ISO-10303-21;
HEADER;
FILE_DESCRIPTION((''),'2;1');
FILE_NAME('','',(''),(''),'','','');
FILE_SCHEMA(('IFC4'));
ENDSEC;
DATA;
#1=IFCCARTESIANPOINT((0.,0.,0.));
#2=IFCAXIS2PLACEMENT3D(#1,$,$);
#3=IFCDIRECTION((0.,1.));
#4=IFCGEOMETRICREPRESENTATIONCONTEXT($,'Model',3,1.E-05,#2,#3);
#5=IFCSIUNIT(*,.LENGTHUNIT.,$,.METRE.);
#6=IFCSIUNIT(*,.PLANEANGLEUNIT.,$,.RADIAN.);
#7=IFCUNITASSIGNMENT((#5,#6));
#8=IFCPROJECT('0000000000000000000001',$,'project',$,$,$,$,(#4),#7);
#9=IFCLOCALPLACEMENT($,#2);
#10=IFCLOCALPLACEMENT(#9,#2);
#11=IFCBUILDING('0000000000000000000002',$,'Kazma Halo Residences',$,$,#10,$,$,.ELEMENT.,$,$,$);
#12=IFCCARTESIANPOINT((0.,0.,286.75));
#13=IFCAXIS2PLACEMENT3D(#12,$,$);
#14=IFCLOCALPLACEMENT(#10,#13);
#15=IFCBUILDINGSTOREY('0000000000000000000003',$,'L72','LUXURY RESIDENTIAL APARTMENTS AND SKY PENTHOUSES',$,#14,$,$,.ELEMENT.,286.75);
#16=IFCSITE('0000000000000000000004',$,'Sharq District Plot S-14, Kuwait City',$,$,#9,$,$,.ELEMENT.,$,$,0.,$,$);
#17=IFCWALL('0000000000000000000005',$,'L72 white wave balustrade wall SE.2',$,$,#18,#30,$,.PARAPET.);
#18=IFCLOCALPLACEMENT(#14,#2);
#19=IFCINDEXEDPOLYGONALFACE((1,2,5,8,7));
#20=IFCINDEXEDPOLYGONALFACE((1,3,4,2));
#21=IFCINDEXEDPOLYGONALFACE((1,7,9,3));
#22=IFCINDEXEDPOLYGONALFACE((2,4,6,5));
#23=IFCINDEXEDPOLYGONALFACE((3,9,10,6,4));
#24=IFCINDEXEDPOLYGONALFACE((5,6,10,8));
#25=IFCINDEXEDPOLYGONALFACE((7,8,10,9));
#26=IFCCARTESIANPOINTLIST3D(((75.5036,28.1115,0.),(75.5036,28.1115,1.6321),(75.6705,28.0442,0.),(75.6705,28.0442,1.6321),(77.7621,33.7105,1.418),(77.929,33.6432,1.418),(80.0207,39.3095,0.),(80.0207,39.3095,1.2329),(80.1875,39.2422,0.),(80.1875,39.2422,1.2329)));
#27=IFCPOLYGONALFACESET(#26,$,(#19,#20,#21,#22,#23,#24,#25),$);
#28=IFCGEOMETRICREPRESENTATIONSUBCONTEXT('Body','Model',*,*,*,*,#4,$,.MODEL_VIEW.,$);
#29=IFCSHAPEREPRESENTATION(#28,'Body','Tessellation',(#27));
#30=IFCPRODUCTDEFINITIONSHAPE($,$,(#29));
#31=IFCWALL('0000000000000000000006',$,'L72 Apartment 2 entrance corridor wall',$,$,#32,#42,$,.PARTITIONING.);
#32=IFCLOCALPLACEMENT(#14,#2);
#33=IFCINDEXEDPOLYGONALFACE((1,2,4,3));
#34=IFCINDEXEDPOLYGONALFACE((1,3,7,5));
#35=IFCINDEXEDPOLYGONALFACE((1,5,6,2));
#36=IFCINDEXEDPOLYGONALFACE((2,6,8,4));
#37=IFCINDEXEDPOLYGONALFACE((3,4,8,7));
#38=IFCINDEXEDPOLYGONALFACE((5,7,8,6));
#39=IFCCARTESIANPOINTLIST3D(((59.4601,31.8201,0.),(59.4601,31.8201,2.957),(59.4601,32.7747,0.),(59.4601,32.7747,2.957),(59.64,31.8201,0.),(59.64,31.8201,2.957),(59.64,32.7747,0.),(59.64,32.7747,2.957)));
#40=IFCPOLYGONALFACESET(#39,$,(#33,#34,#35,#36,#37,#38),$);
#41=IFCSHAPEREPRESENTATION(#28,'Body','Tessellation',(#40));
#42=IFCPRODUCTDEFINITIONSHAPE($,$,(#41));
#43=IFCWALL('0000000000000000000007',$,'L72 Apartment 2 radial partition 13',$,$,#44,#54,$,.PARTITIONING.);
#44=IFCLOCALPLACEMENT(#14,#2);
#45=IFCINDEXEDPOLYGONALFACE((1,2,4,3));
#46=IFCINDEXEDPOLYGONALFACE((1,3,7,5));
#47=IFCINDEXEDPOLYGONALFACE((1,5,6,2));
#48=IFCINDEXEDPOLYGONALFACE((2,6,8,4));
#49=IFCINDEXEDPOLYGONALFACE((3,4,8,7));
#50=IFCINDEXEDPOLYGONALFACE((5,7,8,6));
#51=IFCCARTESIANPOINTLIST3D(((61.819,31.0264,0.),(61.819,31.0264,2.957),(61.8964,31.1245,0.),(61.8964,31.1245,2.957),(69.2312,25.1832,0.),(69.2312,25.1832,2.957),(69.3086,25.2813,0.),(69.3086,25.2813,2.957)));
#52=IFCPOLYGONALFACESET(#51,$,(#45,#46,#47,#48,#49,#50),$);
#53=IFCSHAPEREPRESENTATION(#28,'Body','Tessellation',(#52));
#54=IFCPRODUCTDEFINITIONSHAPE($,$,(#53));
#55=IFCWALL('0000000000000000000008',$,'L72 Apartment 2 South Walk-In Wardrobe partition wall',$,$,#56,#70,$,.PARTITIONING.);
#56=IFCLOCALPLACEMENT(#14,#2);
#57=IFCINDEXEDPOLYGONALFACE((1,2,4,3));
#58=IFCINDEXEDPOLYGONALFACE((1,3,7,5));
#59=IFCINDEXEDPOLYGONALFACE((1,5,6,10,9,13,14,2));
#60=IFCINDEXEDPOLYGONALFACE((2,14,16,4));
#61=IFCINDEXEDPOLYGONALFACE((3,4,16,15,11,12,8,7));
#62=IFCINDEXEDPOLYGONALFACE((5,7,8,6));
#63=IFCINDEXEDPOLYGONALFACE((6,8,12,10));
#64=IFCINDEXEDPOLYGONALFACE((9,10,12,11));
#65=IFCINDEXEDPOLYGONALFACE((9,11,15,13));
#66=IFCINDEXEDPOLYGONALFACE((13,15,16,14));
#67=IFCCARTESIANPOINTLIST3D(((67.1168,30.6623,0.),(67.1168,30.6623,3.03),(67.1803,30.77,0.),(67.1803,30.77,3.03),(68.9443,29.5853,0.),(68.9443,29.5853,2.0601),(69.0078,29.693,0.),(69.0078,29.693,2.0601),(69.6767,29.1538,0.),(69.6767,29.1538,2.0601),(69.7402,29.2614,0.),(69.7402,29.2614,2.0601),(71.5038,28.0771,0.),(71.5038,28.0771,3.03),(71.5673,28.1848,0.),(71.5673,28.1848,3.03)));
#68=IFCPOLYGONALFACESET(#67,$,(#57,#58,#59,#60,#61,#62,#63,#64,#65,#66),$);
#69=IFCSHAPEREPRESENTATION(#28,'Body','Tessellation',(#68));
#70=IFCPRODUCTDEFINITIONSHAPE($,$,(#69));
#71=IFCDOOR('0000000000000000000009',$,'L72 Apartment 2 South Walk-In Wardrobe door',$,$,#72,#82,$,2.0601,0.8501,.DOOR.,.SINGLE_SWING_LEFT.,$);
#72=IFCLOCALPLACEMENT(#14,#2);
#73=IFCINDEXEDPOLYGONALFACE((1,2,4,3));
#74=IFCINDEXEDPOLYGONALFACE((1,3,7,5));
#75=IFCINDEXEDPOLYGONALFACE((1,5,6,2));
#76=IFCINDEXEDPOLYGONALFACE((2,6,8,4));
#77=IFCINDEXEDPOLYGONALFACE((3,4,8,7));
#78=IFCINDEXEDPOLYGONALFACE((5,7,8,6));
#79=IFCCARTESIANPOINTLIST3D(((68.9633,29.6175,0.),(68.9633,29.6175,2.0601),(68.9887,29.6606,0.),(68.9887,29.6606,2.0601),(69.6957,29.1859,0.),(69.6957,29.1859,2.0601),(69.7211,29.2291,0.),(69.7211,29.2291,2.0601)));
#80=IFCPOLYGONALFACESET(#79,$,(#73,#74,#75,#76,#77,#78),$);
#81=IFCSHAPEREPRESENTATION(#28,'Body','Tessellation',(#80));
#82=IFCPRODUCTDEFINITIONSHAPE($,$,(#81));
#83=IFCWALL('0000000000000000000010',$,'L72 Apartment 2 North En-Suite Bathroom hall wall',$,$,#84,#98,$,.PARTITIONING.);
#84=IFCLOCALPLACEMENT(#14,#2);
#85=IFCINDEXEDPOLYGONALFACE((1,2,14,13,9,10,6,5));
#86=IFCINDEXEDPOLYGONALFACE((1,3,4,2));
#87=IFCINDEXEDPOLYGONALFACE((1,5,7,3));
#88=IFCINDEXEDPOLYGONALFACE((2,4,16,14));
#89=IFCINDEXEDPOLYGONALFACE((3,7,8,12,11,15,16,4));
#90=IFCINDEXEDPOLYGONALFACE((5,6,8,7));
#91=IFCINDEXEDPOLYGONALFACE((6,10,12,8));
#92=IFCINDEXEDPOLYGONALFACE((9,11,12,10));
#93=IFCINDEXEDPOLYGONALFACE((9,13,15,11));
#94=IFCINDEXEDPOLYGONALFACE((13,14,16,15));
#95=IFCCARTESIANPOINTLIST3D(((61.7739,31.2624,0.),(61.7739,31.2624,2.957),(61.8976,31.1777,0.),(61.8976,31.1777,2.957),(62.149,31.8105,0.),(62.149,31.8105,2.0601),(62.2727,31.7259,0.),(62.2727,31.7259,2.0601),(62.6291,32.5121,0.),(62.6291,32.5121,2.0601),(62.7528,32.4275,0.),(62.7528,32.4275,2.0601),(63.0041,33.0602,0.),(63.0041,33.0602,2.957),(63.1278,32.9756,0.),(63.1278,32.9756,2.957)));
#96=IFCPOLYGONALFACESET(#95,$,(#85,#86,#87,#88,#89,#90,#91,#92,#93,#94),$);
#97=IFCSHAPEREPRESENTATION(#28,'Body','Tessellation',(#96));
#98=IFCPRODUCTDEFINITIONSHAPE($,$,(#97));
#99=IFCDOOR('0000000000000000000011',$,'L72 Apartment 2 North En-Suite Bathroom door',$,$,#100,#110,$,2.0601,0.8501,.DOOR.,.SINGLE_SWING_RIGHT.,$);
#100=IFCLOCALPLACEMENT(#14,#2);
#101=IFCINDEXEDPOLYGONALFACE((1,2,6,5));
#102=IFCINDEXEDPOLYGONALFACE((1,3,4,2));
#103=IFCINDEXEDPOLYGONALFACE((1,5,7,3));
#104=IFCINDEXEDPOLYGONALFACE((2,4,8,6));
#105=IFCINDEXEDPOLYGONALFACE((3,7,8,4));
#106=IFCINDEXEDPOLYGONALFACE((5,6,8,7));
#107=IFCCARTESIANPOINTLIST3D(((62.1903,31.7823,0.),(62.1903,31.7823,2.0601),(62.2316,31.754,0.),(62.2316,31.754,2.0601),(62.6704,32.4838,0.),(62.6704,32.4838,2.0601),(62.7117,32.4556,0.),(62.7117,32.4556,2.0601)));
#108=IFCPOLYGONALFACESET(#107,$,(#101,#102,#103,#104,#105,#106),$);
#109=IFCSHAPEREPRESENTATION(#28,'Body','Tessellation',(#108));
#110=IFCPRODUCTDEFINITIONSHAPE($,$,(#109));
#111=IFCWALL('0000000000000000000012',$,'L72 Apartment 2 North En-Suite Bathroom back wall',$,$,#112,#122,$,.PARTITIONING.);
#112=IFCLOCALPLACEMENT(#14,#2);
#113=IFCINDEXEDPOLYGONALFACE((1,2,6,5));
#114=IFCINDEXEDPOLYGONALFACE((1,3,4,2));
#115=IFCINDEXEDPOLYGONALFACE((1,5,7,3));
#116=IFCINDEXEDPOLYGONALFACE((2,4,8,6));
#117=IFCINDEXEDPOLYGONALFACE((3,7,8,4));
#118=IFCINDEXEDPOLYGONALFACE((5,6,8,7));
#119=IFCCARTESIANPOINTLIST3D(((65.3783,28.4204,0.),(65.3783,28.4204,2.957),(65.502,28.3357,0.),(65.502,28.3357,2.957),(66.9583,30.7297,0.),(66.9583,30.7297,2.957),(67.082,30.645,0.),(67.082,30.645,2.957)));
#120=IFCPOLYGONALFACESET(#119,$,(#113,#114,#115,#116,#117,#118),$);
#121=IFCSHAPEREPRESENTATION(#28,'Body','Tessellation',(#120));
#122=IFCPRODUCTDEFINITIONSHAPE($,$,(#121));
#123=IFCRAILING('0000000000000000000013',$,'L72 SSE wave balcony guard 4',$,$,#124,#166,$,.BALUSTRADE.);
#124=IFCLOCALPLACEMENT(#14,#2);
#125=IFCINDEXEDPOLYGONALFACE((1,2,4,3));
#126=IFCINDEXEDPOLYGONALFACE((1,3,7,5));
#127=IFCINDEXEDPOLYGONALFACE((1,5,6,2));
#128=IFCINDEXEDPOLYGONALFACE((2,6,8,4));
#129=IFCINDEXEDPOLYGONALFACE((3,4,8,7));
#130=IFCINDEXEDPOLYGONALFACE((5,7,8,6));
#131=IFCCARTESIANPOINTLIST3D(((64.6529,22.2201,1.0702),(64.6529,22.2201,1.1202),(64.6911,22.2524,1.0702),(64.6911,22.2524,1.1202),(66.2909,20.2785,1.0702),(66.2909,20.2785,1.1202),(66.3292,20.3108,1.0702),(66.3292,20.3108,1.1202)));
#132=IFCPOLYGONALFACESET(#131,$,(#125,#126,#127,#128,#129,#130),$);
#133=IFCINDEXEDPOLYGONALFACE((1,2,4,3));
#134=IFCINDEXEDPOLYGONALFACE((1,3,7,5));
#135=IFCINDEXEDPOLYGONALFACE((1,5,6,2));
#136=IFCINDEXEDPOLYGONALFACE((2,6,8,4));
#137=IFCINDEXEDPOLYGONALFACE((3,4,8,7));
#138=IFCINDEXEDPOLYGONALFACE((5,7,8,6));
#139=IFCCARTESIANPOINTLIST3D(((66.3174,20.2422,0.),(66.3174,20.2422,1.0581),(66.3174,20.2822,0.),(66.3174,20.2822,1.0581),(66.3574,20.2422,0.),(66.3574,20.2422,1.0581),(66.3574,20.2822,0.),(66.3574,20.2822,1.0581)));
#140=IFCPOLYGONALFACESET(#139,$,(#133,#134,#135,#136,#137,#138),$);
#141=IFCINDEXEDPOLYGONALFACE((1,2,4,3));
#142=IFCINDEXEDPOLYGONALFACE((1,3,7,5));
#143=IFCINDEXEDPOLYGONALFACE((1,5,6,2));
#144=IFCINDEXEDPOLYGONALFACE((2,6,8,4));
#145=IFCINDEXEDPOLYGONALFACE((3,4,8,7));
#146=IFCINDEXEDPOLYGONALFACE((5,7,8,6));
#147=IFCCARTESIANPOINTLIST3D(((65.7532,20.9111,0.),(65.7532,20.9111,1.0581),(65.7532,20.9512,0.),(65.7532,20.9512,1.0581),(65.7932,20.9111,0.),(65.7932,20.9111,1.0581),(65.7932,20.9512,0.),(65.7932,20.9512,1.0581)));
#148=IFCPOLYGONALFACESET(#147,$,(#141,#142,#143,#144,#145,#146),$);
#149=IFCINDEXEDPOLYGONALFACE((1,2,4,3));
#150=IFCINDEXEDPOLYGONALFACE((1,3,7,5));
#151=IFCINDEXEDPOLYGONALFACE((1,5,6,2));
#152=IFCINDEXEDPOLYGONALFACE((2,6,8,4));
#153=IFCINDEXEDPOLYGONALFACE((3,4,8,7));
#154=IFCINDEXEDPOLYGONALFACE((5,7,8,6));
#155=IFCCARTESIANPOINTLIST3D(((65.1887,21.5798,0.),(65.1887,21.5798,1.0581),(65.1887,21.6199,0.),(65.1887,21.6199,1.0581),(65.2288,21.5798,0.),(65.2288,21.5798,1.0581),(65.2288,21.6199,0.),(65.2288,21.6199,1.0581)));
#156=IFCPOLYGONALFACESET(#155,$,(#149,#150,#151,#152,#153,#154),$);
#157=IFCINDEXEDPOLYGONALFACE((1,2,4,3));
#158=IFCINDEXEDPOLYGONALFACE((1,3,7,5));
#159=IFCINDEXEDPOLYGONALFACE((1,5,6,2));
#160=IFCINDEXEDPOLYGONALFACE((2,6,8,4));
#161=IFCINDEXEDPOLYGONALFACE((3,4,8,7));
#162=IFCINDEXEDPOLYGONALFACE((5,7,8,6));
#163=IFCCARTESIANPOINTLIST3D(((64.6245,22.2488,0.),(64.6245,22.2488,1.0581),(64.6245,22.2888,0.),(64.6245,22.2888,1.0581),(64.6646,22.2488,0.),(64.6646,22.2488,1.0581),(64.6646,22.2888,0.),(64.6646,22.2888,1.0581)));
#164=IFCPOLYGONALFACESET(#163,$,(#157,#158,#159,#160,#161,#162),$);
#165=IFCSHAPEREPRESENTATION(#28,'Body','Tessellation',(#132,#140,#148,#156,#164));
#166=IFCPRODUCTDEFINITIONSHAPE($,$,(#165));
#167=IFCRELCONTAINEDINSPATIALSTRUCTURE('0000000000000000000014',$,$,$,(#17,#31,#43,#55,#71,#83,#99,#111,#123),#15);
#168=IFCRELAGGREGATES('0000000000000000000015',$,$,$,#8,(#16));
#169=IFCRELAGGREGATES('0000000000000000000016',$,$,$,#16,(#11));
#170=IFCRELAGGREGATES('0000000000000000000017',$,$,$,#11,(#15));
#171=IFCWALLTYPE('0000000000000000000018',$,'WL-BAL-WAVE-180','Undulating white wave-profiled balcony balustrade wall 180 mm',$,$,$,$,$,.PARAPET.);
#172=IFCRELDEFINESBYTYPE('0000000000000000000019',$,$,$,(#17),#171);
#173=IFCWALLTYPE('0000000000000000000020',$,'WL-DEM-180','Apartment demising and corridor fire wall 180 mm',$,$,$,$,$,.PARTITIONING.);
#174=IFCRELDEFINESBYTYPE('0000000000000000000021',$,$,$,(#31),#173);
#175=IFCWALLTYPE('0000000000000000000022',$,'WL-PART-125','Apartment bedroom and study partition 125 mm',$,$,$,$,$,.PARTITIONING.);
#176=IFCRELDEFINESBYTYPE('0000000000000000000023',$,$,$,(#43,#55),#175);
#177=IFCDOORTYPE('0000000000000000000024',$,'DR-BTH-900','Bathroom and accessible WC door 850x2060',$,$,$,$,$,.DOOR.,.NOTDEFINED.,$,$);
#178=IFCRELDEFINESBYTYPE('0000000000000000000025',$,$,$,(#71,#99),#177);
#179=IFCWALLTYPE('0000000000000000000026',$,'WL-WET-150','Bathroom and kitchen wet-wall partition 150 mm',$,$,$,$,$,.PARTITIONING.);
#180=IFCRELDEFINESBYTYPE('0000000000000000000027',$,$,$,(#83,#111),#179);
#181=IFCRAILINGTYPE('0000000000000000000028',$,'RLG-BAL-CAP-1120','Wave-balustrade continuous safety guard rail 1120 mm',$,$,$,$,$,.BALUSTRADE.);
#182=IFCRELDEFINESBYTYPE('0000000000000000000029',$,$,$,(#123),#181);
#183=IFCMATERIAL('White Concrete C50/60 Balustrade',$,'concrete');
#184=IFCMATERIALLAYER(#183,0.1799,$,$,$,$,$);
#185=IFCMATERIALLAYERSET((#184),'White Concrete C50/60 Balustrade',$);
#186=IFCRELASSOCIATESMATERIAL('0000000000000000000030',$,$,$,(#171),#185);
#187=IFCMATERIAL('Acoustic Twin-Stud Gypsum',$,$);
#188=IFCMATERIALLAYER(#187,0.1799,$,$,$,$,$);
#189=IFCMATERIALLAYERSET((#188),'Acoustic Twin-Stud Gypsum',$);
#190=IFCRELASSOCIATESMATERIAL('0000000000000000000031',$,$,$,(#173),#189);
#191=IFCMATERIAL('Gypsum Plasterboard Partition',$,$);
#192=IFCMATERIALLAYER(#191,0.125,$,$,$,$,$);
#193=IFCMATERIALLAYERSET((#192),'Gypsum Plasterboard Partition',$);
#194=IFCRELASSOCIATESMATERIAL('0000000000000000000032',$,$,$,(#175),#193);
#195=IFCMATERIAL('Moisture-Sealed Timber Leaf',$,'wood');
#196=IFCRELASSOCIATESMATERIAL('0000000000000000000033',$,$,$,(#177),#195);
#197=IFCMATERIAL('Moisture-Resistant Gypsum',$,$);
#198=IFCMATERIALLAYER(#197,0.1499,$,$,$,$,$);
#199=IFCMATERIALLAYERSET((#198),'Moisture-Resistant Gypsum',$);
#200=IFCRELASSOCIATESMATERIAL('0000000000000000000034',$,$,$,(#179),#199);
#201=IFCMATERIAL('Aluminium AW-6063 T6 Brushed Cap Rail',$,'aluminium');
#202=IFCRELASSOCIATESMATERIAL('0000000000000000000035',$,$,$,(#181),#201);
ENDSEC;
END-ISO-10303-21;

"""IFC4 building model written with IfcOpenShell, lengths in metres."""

from ifc_helpers import new_model, si_unit, direction, frame, frame_2d, origin, origin_2d, place, context, subcontext, project, spatial, polyline, rectangle, outline, extrude, material, layer, layer_set, type_object, element, fill, save


model = new_model("IFC4")

# Units and contexts
model_context = context("Model", 3, precision=1e-05, world=origin(), true_north=direction((0.0, 1.0)))
body_context = subcontext(model_context, "Body", "Model", "MODEL_VIEW")
ifc_project = project(units=[si_unit("LENGTHUNIT", "METRE"), si_unit("PLANEANGLEUNIT", "RADIAN")], contexts=[model_context])

# Site, building, storey
site_placement = place(None, origin())
site = spatial("IfcSite", under=ifc_project, at=site_placement, Name="Sharq District Plot S-14, Kuwait City", CompositionType="ELEMENT", RefElevation=0.0)
building_placement = place(site_placement, origin())
building = spatial("IfcBuilding", under=site, at=building_placement, Name="Kazma Halo Residences", CompositionType="ELEMENT")
storey_placement = place(building_placement, frame((0.0, 0.0, 286.75)))
storey = spatial("IfcBuildingStorey", under=building, at=storey_placement, Name="L72", Description="LUXURY RESIDENTIAL APARTMENTS AND SKY PENTHOUSES", CompositionType="ELEMENT", Elevation=286.75)

# Walls
ifc_material_1 = material(Name="White Concrete C50/60 Balustrade", Category="concrete")
ifc_layer_1 = layer(ifc_material_1, 0.1799)
ifc_layer_set_1 = layer_set([ifc_layer_1], Name="White Concrete C50/60 Balustrade")
wall_type_1 = type_object("IfcWallType", Name="WL-BAL-WAVE-180", Description="Undulating white wave-profiled balcony balustrade wall 180 mm", PredefinedType="PARAPET", material=ifc_layer_set_1)
wall_1_placement = place(storey_placement, frame((75.5869, 28.0779, 0.0), z_axis=(0.0, 0.0, 1.0), x_axis=(0.374094, 0.927391, 0.0)))
element("IfcWall", 1, at=wall_1_placement, inside=storey, type_object=wall_type_1, Name="L72 white wave balustrade wall SE.2", PredefinedType="PARAPET", context=body_context, shape_type="SweptSolid", body=[
    extrude(outline(polyline([(0.0, 0.0), (12.0747, 0.0), (12.0747, 1.2329), (6.0374, 1.418), (0.0, 1.6321), (0.0, 0.0)])), frame((0.0, 0.0898, 0.0), z_axis=(0.0, -1.0, 0.0), x_axis=(1.0, 0.0, 0.0)), (0.0, 0.0, 1.0), 0.1799),
])
ifc_material_2 = material(Name="Acoustic Twin-Stud Gypsum")
ifc_layer_2 = layer(ifc_material_2, 0.1799)
ifc_layer_set_2 = layer_set([ifc_layer_2], Name="Acoustic Twin-Stud Gypsum")
wall_type_2 = type_object("IfcWallType", Name="WL-DEM-180", Description="Apartment demising and corridor fire wall 180 mm", PredefinedType="PARTITIONING", material=ifc_layer_set_2)
wall_2_placement = place(storey_placement, frame((59.55, 31.8201, 0.0), z_axis=(0.0, 0.0, 1.0), x_axis=(0.0, 1.0, 0.0)))
element("IfcWall", 2, at=wall_2_placement, inside=storey, type_object=wall_type_2, Name="L72 Apartment 2 entrance corridor wall", PredefinedType="PARTITIONING", context=body_context, shape_type="SweptSolid", body=[
    extrude(rectangle(XDim=0.9546, YDim=0.1799, at=frame_2d((0.4773, 0.0))), origin(), (0.0, 0.0, 1.0), 2.957),
])

# Wall
ifc_material_3 = material(Name="Gypsum Plasterboard Partition")
ifc_layer_3 = layer(ifc_material_3, 0.125)
ifc_layer_set_3 = layer_set([ifc_layer_3], Name="Gypsum Plasterboard Partition")
wall_type_3 = type_object("IfcWallType", Name="WL-PART-125", Description="Apartment bedroom and study partition 125 mm", PredefinedType="PARTITIONING", material=ifc_layer_set_3)
wall_3_placement = place(storey_placement, frame((61.8577, 31.0754, 0.0), z_axis=(0.0, 0.0, 1.0), x_axis=(0.785326, -0.619083, 0.0)))
element("IfcWall", 3, at=wall_3_placement, inside=storey, type_object=wall_type_3, Name="L72 Apartment 2 radial partition 13", PredefinedType="PARTITIONING", context=body_context, shape_type="SweptSolid", body=[
    extrude(rectangle(XDim=9.4385, YDim=0.125, at=frame_2d((4.7192, 0.0))), origin(), (0.0, 0.0, 1.0), 2.957),
])

# Walls, openings, doors
wall_4_placement = place(storey_placement, frame((67.1487, 30.7161, 0.0), z_axis=(0.0, 0.0, 1.0), x_axis=(0.861536, -0.507697, 0.0)))
wall_4 = element("IfcWall", 4, at=wall_4_placement, inside=storey, type_object=wall_type_3, Name="L72 Apartment 2 South Walk-In Wardrobe partition wall", PredefinedType="PARTITIONING", context=body_context, shape_type="SweptSolid", body=[
    extrude(rectangle(XDim=5.092, YDim=0.125, at=frame_2d((2.5459, 0.0))), origin(), (0.0, 0.0, 1.0), 3.03),
])
opening_1_placement = place(wall_4_placement, frame((2.1211, 0.0, 0.0)))
opening_1 = element("IfcOpeningElement", 5, at=opening_1_placement, cuts=wall_4, PredefinedType="OPENING", context=body_context, shape_type="SweptSolid", body=[
    extrude(rectangle(XDim=0.8501, YDim=2.0601, at=frame_2d((0.425, 1.03))), frame((0.0, 0.0725, 0.0), z_axis=(0.0, -1.0, 0.0), x_axis=(1.0, 0.0, 0.0)), (0.0, 0.0, 1.0), 0.145),
])
ifc_material_4 = material(Name="Moisture-Sealed Timber Leaf", Category="wood")
door_type_1 = type_object("IfcDoorType", Name="DR-BTH-900", Description="Bathroom and accessible WC door 850x2060", OperationType="NOTDEFINED", PredefinedType="DOOR", material=ifc_material_4)
door_1_placement = place(opening_1_placement, origin())
door_1 = element("IfcDoor", 6, at=door_1_placement, inside=storey, type_object=door_type_1, Name="L72 Apartment 2 South Walk-In Wardrobe door", OperationType="SINGLE_SWING_LEFT", OverallHeight=2.0601, OverallWidth=0.8501, PredefinedType="DOOR", context=body_context, shape_type="SweptSolid", body=[
    extrude(rectangle(XDim=0.8501, YDim=2.0601, at=frame_2d((0.425, 1.03))), frame((0.0, 0.0249, 0.0), z_axis=(0.0, -1.0, 0.0), x_axis=(1.0, 0.0, 0.0)), (0.0, 0.0, 1.0), 0.05),
])
fill(opening_1, door_1)
ifc_material_5 = material(Name="Moisture-Resistant Gypsum")
ifc_layer_4 = layer(ifc_material_5, 0.1499)
ifc_layer_set_4 = layer_set([ifc_layer_4], Name="Moisture-Resistant Gypsum")
wall_type_4 = type_object("IfcWallType", Name="WL-WET-150", Description="Bathroom and kitchen wet-wall partition 150 mm", PredefinedType="PARTITIONING", material=ifc_layer_set_4)
wall_5_placement = place(storey_placement, frame((61.8357, 31.22, 0.0), z_axis=(0.0, 0.0, 1.0), x_axis=(0.56472, 0.825283, 0.0)))
wall_5 = element("IfcWall", 7, at=wall_5_placement, inside=storey, type_object=wall_type_4, Name="L72 Apartment 2 North En-Suite Bathroom hall wall", PredefinedType="PARTITIONING", context=body_context, shape_type="SweptSolid", body=[
    extrude(rectangle(XDim=2.1785, YDim=0.1499, at=frame_2d((1.0894, 0.0))), origin(), (0.0, 0.0, 1.0), 2.957),
])
opening_2_placement = place(wall_5_placement, frame((0.6643, 0.0, 0.0)))
opening_2 = element("IfcOpeningElement", 8, at=opening_2_placement, cuts=wall_5, PredefinedType="OPENING", context=body_context, shape_type="SweptSolid", body=[
    extrude(rectangle(XDim=0.8501, YDim=2.0601, at=frame_2d((0.425, 1.03))), frame((0.0, 0.085, 0.0), z_axis=(0.0, -1.0, 0.0), x_axis=(1.0, 0.0, 0.0)), (0.0, 0.0, 1.0), 0.1699),
])
door_2_placement = place(opening_2_placement, origin())
door_2 = element("IfcDoor", 9, at=door_2_placement, inside=storey, type_object=door_type_1, Name="L72 Apartment 2 North En-Suite Bathroom door", OperationType="SINGLE_SWING_RIGHT", OverallHeight=2.0601, OverallWidth=0.8501, PredefinedType="DOOR", context=body_context, shape_type="SweptSolid", body=[
    extrude(rectangle(XDim=0.8501, YDim=2.0601, at=frame_2d((0.425, 1.03))), frame((0.0, 0.0249, 0.0), z_axis=(0.0, -1.0, 0.0), x_axis=(1.0, 0.0, 0.0)), (0.0, 0.0, 1.0), 0.05),
])
fill(opening_2, door_2)

# Wall
wall_6_placement = place(storey_placement, frame((65.4402, 28.3782, 0.0), z_axis=(0.0, 0.0, 1.0), x_axis=(0.564687, 0.825305, 0.0)))
element("IfcWall", 10, at=wall_6_placement, inside=storey, type_object=wall_type_4, Name="L72 Apartment 2 North En-Suite Bathroom back wall", PredefinedType="PARTITIONING", context=body_context, shape_type="SweptSolid", body=[
    extrude(rectangle(XDim=2.7981, YDim=0.1499, at=frame_2d((1.3989, 0.0))), origin(), (0.0, 0.0, 1.0), 2.957),
])

# Railing
ifc_material_6 = material(Name="Aluminium AW-6063 T6 Brushed Cap Rail", Category="aluminium")
railing_type = type_object("IfcRailingType", Name="RLG-BAL-CAP-1120", Description="Wave-balustrade continuous safety guard rail 1120 mm", PredefinedType="BALUSTRADE", material=ifc_material_6)
railing_1_placement = place(storey_placement, frame((66.3374, 20.2622, 0.0)))
element("IfcRailing", 11, at=railing_1_placement, inside=storey, type_object=railing_type, Name="L72 SSE wave balcony guard 4", PredefinedType="BALUSTRADE", context=body_context, shape_type="SweptSolid", body=[
    extrude(rectangle(XDim=0.05, YDim=0.05, at=origin_2d()), frame((-0.0273, 0.0325, 1.0952), z_axis=(-0.644828, 0.764327, 0.0), x_axis=(-0.764327, -0.644828, 0.0)), (0.0, 0.0, 1.0), 2.5403),
    extrude(rectangle(XDim=0.04, YDim=0.04, at=origin_2d()), origin(), (0.0, 0.0, 1.0), 1.0581),
    extrude(rectangle(XDim=0.04, YDim=0.04, at=origin_2d()), frame((-0.5642, 0.6689, 0.0)), (0.0, 0.0, 1.0), 1.0581),
    extrude(rectangle(XDim=0.04, YDim=0.04, at=origin_2d()), frame((-1.1287, 1.3376, 0.0)), (0.0, 0.0, 1.0), 1.0581),
    extrude(rectangle(XDim=0.04, YDim=0.04, at=origin_2d()), frame((-1.6929, 2.0066, 0.0)), (0.0, 0.0, 1.0), 1.0581),
])

save(model, "model.ifc")
